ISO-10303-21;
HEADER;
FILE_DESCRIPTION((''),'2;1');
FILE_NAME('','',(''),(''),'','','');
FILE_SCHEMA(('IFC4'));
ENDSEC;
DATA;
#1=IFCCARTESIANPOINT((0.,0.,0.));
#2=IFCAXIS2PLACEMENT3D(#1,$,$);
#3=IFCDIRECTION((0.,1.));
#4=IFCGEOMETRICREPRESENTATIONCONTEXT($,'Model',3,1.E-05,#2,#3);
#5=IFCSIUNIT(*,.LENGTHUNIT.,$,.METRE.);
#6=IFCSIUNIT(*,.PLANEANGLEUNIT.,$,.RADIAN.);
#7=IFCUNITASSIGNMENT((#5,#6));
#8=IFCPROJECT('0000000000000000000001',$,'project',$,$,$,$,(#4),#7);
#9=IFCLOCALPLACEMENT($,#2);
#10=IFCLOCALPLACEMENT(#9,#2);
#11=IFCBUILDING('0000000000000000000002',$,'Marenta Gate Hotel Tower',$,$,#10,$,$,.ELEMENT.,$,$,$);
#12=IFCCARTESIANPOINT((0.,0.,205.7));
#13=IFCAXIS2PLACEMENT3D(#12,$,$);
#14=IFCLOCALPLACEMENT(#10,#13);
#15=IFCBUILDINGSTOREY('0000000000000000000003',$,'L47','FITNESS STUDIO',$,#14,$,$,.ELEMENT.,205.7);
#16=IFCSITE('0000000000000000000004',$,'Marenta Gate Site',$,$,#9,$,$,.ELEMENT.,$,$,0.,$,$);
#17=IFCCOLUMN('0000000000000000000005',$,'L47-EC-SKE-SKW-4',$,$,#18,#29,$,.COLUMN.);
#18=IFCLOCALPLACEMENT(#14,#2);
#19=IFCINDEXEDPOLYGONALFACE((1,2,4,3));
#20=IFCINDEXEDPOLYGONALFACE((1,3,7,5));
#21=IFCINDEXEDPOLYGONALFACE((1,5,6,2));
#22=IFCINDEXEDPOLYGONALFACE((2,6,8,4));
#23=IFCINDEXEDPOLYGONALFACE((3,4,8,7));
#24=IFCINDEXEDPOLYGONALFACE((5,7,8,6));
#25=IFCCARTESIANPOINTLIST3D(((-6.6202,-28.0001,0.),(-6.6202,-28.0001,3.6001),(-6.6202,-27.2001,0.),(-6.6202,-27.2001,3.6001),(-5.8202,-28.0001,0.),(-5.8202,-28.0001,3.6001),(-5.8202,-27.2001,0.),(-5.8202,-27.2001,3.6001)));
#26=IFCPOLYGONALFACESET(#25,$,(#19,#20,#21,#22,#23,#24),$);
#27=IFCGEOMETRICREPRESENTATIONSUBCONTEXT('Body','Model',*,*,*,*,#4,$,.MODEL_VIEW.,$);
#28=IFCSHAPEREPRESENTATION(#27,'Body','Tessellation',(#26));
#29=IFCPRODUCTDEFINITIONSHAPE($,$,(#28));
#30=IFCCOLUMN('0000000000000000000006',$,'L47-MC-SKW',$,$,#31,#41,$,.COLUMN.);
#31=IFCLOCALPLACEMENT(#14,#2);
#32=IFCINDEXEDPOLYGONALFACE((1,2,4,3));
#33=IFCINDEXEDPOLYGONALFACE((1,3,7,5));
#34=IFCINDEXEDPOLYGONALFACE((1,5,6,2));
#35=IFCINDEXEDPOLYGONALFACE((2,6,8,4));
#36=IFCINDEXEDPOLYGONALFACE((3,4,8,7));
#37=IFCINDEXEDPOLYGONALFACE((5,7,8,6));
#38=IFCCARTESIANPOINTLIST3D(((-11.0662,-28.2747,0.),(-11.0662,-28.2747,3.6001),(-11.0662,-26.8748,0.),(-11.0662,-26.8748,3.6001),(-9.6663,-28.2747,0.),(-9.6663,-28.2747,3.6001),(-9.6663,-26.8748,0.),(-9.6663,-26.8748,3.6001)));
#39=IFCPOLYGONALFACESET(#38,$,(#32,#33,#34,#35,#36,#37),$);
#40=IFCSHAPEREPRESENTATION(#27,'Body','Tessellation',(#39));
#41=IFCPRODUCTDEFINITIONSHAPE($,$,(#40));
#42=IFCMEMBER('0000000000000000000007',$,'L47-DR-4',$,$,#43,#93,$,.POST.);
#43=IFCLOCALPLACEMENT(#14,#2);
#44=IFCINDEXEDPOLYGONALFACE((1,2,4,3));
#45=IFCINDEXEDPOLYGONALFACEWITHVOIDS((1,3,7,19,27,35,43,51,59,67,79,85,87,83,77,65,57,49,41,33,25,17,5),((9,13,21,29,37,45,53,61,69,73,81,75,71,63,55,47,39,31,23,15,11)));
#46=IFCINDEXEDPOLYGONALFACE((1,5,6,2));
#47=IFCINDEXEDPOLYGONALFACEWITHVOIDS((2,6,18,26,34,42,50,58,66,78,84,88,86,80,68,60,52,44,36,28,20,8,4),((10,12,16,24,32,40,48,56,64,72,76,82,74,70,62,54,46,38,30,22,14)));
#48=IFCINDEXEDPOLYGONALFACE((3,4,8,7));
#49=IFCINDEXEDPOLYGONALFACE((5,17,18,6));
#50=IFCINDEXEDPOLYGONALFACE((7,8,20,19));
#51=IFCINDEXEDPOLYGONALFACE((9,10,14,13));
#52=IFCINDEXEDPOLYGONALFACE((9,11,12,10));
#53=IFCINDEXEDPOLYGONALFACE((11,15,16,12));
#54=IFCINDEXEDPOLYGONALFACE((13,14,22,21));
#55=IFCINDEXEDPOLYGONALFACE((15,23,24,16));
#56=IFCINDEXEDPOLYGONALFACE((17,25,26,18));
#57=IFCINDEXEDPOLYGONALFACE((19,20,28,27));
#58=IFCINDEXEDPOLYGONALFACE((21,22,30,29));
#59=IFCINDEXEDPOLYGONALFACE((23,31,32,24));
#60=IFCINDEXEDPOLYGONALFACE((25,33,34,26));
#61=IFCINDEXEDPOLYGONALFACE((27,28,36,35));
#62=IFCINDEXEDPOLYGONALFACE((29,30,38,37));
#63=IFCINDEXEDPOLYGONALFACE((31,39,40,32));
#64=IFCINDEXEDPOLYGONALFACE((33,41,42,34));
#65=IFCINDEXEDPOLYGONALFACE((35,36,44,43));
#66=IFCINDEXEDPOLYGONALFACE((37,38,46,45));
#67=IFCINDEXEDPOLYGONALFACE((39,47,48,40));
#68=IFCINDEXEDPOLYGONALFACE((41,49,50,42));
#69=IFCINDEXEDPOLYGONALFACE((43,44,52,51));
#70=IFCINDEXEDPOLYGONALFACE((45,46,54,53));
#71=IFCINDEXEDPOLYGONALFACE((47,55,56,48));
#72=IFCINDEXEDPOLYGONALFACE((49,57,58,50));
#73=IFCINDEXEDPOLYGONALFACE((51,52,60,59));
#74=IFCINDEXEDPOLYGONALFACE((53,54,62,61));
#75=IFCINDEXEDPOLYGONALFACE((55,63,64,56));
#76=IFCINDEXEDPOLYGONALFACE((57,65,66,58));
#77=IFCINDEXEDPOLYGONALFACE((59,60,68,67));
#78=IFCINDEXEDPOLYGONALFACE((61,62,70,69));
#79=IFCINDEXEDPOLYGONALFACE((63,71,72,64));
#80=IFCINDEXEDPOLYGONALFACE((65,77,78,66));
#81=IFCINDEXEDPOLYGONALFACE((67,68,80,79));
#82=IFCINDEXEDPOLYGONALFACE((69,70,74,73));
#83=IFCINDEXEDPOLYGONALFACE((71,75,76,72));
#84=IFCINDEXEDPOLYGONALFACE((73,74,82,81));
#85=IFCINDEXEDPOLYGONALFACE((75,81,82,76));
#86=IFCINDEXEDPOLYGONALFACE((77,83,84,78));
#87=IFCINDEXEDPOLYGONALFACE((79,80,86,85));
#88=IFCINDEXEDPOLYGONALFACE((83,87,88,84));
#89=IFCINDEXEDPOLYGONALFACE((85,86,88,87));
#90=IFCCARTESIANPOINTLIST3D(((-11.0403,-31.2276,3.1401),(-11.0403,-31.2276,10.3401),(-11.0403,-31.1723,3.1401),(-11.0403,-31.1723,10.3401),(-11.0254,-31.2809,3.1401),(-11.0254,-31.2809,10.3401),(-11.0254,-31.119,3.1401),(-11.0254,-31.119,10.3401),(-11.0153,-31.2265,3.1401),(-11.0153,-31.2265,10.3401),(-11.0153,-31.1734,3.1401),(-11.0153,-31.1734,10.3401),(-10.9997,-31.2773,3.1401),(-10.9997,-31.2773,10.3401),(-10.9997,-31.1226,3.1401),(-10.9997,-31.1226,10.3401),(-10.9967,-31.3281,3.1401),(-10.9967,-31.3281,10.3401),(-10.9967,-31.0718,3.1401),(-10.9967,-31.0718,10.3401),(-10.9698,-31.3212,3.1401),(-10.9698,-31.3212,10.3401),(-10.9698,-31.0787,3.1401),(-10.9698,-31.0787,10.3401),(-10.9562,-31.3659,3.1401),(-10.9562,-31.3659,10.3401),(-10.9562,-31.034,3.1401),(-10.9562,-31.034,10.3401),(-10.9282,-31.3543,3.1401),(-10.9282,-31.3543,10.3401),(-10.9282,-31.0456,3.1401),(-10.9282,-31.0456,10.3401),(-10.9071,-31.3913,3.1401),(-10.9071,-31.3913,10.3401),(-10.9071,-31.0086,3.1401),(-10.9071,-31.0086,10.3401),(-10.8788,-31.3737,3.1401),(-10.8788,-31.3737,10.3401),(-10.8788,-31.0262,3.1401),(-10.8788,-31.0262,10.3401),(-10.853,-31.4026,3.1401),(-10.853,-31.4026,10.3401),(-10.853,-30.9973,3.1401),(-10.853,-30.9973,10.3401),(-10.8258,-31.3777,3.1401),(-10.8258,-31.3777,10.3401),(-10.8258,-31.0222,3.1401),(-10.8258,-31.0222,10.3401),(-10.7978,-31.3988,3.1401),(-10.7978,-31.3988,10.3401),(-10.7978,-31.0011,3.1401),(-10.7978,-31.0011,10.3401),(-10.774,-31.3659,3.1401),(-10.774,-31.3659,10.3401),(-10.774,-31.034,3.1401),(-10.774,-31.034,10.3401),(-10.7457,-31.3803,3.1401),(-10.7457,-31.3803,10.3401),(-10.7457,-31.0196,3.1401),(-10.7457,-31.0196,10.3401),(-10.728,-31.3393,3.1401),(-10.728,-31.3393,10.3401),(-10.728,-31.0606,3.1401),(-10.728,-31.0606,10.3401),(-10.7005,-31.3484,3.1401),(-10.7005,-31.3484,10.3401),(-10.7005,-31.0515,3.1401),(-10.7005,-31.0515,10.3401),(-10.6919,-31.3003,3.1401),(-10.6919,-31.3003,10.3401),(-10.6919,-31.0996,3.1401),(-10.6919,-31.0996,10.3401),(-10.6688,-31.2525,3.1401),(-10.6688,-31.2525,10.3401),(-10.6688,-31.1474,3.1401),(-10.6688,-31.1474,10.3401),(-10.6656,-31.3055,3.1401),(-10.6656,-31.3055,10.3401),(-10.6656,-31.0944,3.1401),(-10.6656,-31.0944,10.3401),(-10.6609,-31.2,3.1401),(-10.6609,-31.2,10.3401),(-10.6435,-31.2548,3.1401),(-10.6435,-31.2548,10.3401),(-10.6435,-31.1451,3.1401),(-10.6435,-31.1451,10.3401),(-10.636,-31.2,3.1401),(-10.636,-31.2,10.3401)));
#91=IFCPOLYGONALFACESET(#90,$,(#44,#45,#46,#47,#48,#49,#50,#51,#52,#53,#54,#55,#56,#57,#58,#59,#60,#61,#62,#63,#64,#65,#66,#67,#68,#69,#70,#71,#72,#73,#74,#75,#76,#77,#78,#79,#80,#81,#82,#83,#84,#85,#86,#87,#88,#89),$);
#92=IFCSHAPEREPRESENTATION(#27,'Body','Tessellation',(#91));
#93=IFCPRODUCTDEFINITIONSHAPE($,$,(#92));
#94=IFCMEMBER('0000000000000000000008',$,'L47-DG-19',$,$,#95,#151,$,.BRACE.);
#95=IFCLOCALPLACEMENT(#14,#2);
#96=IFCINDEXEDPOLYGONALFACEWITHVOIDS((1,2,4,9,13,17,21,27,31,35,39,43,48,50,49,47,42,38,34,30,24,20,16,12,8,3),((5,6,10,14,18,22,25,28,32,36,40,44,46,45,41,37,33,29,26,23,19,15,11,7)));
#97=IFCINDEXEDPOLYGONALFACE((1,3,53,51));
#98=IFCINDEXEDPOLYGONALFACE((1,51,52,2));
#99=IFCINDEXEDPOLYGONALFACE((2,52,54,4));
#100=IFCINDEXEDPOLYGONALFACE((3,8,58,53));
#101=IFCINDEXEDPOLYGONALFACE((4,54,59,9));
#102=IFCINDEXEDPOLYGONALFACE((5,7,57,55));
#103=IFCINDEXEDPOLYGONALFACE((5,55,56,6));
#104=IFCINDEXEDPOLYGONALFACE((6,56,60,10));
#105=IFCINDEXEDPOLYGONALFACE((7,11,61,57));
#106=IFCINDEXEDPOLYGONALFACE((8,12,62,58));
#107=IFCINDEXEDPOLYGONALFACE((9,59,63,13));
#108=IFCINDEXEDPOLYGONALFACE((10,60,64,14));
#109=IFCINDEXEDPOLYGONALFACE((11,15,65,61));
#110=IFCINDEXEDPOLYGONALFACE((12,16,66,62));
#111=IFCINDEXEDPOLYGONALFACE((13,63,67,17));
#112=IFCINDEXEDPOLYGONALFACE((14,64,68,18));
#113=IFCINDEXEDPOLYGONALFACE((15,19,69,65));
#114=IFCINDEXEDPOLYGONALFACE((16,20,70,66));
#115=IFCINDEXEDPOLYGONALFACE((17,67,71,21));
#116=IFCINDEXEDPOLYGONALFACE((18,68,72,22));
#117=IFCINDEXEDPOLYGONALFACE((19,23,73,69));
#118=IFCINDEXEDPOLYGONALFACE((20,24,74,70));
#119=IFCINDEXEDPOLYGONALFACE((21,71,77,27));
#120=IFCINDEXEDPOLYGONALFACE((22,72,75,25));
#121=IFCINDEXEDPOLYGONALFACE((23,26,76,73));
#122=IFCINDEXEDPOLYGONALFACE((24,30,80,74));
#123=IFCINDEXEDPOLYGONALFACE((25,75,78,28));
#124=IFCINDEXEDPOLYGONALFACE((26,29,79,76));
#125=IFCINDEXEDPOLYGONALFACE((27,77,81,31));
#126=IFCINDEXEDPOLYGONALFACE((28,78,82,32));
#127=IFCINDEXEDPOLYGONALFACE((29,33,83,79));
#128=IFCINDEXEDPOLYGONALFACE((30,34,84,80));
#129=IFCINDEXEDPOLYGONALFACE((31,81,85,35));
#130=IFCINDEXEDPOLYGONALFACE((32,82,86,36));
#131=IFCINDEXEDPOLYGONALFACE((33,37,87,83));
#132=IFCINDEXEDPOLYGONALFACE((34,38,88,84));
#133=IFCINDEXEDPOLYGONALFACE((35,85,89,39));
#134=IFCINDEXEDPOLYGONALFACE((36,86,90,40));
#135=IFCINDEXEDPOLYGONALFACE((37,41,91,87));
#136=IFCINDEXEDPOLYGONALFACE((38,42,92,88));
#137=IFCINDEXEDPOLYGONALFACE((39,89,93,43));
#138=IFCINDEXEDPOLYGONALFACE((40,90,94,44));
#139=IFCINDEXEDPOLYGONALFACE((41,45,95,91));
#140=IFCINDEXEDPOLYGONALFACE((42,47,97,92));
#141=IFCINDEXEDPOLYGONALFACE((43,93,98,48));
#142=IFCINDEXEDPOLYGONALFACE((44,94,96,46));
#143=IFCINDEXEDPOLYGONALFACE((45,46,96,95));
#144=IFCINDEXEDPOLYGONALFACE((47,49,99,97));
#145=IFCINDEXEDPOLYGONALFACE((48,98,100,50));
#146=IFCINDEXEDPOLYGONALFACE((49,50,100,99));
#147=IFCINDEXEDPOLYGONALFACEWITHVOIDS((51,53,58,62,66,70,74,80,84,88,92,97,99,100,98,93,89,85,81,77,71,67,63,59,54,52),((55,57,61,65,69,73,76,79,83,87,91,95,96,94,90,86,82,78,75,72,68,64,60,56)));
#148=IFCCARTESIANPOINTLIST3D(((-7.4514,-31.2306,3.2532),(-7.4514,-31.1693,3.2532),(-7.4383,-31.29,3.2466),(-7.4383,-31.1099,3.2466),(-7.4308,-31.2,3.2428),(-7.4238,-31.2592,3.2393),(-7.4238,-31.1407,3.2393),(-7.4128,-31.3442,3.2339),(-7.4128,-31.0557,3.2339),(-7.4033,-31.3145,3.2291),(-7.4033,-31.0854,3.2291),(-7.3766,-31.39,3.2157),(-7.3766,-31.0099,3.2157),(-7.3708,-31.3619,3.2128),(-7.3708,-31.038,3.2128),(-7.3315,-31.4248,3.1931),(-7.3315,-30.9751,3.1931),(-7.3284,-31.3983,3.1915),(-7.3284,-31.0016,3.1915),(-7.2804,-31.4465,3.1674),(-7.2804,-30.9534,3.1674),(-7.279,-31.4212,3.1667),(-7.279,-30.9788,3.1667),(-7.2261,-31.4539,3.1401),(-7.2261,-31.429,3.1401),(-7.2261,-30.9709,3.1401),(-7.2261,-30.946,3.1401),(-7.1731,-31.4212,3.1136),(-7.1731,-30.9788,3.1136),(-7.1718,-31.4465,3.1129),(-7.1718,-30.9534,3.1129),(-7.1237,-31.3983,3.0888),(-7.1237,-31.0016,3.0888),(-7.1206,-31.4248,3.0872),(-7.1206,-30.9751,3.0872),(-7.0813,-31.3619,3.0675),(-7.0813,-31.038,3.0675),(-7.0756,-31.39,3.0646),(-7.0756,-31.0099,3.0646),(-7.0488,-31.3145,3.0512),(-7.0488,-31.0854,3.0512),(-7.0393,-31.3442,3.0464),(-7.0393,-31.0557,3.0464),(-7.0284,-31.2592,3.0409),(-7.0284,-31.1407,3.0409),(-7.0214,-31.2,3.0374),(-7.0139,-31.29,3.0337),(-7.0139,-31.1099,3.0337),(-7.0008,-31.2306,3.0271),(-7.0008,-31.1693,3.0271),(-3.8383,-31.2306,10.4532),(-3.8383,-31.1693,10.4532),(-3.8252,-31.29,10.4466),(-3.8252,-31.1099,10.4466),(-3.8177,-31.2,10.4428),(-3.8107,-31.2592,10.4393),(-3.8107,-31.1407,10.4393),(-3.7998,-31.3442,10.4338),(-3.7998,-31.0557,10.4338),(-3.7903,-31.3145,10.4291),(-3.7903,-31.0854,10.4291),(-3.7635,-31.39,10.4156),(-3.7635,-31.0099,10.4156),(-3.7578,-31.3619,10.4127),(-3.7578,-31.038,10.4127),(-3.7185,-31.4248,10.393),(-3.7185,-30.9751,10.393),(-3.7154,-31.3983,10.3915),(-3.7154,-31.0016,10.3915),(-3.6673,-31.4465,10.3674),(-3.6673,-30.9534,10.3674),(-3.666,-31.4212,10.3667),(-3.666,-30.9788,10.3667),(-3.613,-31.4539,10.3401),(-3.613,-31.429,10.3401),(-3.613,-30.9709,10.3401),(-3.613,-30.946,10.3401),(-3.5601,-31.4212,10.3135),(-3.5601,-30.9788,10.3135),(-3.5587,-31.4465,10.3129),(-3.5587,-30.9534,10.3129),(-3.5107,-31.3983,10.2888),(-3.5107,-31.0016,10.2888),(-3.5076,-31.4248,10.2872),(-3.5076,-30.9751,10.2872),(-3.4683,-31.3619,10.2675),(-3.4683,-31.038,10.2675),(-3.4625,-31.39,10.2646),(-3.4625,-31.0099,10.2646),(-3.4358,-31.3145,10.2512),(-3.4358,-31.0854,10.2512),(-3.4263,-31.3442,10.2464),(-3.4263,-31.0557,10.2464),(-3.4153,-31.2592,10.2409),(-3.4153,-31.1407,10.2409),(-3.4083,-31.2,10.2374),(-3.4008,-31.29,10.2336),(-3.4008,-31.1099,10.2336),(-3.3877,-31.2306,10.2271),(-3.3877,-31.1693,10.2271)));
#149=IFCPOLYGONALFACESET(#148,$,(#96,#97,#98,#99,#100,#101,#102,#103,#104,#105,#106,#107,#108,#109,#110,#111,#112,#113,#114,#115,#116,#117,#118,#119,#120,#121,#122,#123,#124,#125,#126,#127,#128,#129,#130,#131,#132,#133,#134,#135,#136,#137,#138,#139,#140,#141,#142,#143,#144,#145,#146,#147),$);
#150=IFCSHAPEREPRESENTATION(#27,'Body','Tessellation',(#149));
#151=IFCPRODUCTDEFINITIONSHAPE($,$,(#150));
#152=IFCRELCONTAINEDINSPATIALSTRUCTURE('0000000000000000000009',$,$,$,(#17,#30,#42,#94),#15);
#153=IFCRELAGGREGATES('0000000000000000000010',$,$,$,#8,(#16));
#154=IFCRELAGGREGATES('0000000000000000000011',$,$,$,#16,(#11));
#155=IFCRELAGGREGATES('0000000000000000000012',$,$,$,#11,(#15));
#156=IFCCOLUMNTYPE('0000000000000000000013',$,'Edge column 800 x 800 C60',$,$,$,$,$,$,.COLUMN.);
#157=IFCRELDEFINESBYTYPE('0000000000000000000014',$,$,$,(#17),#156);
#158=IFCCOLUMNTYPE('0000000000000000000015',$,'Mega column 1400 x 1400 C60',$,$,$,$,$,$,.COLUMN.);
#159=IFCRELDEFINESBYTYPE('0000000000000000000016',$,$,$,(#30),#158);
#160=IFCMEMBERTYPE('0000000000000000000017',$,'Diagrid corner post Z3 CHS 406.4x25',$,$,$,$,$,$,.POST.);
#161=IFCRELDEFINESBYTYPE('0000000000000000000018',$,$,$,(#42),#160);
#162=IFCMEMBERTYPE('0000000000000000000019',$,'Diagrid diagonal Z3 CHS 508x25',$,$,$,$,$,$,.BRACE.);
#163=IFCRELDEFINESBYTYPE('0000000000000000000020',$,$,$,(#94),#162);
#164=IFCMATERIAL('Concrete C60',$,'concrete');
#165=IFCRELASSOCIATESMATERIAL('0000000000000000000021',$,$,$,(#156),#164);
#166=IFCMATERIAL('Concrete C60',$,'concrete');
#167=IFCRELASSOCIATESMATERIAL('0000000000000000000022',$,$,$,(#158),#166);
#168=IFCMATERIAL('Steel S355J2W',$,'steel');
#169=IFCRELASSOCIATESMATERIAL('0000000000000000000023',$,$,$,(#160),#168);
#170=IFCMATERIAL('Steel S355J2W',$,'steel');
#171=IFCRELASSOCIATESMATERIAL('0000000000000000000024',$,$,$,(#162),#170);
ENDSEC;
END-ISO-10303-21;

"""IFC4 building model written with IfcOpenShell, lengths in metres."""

from ifc_helpers import new_model, si_unit, direction, frame, origin, origin_2d, place, context, subcontext, project, spatial, rectangle, hollow_circle, extrude, material, material_profile, profile_set, type_object, element, save


model = new_model("IFC4")

# Units and contexts
model_context = context("Model", 3, precision=1e-05, world=origin(), true_north=direction((0.0, 1.0)))
body_context = subcontext(model_context, "Body", "Model", "MODEL_VIEW")
ifc_project = project(units=[si_unit("LENGTHUNIT", "METRE"), si_unit("PLANEANGLEUNIT", "RADIAN")], contexts=[model_context])

# Site, building, storey
site_placement = place(None, origin())
site = spatial("IfcSite", under=ifc_project, at=site_placement, Name="Marenta Gate Site", CompositionType="ELEMENT", RefElevation=0.0)
building_placement = place(site_placement, origin())
building = spatial("IfcBuilding", under=site, at=building_placement, Name="Marenta Gate Hotel Tower", CompositionType="ELEMENT")
storey_placement = place(building_placement, frame((0.0, 0.0, 205.7)))
storey = spatial("IfcBuildingStorey", under=building, at=storey_placement, Name="L47", Description="FITNESS STUDIO", CompositionType="ELEMENT", Elevation=205.7)

# Columns
ifc_material_1 = material(Name="Concrete C60", Category="concrete")
ifc_material_profile_1 = material_profile(ifc_material_1, rectangle(XDim=0.8, YDim=0.8, at=origin_2d()), Name="800 x 800")
ifc_profile_set_1 = profile_set([ifc_material_profile_1], Name="Concrete C60")
column_type_1 = type_object("IfcColumnType", Name="Edge column 800 x 800 C60", PredefinedType="COLUMN", material=ifc_profile_set_1)
column_1_placement = place(storey_placement, frame((-6.2202, -27.6001, 0.0), z_axis=(0.0, 0.0, 1.0), x_axis=(1.0, 0.0, 0.0)))
element("IfcColumn", 1, at=column_1_placement, inside=storey, type_object=column_type_1, Name="L47-EC-SKE-SKW-4", PredefinedType="COLUMN", context=body_context, shape_type="SweptSolid", body=[
    extrude(rectangle(XDim=0.8, YDim=0.8, at=origin_2d()), origin(), (0.0, 0.0, 1.0), 3.6001),
])
ifc_material_2 = material(Name="Concrete C60", Category="concrete")
ifc_material_profile_2 = material_profile(ifc_material_2, rectangle(XDim=1.3999, YDim=1.3999, at=origin_2d()), Name="1400 x 1400")
ifc_profile_set_2 = profile_set([ifc_material_profile_2], Name="Concrete C60")
column_type_2 = type_object("IfcColumnType", Name="Mega column 1400 x 1400 C60", PredefinedType="COLUMN", material=ifc_profile_set_2)
column_2_placement = place(storey_placement, frame((-10.3662, -27.5747, 0.0), z_axis=(0.0, 0.0, 1.0), x_axis=(1.0, 0.0, 0.0)))
element("IfcColumn", 2, at=column_2_placement, inside=storey, type_object=column_type_2, Name="L47-MC-SKW", PredefinedType="COLUMN", context=body_context, shape_type="SweptSolid", body=[
    extrude(rectangle(XDim=1.3999, YDim=1.3999, at=origin_2d()), origin(), (0.0, 0.0, 1.0), 3.6001),
])

# Members
ifc_material_3 = material(Name="Steel S355J2W", Category="steel")
ifc_material_profile_3 = material_profile(ifc_material_3, hollow_circle(Radius=0.2031, WallThickness=0.0249, at=origin_2d()), Name="CHS 406.4x25")
ifc_profile_set_3 = profile_set([ifc_material_profile_3], Name="Steel S355J2W")
member_type_1 = type_object("IfcMemberType", Name="Diagrid corner post Z3 CHS 406.4x25", PredefinedType="POST", material=ifc_profile_set_3)
member_1_placement = place(storey_placement, frame((-10.8391, -31.2, 3.1401), z_axis=(0.0, 0.0, 1.0), x_axis=(1.0, 0.0, 0.0)))
element("IfcMember", 3, at=member_1_placement, inside=storey, type_object=member_type_1, Name="L47-DR-4", PredefinedType="POST", context=body_context, shape_type="SweptSolid", body=[
    extrude(hollow_circle(Radius=0.2031, WallThickness=0.0249, at=origin_2d()), origin(), (0.0, 0.0, 1.0), 7.2),
])
ifc_material_4 = material(Name="Steel S355J2W", Category="steel")
ifc_material_profile_4 = material_profile(ifc_material_4, hollow_circle(Radius=0.2539, WallThickness=0.0249, at=origin_2d()), Name="CHS 508x25")
ifc_profile_set_4 = profile_set([ifc_material_profile_4], Name="Steel S355J2W")
member_type_2 = type_object("IfcMemberType", Name="Diagrid diagonal Z3 CHS 508x25", PredefinedType="BRACE", material=ifc_profile_set_4)
for number, where, z_axis, x_axis, name in (
    (4, (-7.2261, -31.2, 3.1401), (0.44851, 0.0, 0.893778), (0.0, 1.0, 0.0), "L47-DG-19"),
):
    element("IfcMember", number, at=place(storey_placement, frame(where, z_axis=z_axis, x_axis=x_axis)), inside=storey, type_object=member_type_2, Name=name, PredefinedType="BRACE", context=body_context, shape_type="SweptSolid", body=[
        extrude(hollow_circle(Radius=0.2539, WallThickness=0.0249, at=origin_2d()), origin(), (0.0, 0.0, 1.0), 8.0557),
    ])

save(model, "model.ifc")
